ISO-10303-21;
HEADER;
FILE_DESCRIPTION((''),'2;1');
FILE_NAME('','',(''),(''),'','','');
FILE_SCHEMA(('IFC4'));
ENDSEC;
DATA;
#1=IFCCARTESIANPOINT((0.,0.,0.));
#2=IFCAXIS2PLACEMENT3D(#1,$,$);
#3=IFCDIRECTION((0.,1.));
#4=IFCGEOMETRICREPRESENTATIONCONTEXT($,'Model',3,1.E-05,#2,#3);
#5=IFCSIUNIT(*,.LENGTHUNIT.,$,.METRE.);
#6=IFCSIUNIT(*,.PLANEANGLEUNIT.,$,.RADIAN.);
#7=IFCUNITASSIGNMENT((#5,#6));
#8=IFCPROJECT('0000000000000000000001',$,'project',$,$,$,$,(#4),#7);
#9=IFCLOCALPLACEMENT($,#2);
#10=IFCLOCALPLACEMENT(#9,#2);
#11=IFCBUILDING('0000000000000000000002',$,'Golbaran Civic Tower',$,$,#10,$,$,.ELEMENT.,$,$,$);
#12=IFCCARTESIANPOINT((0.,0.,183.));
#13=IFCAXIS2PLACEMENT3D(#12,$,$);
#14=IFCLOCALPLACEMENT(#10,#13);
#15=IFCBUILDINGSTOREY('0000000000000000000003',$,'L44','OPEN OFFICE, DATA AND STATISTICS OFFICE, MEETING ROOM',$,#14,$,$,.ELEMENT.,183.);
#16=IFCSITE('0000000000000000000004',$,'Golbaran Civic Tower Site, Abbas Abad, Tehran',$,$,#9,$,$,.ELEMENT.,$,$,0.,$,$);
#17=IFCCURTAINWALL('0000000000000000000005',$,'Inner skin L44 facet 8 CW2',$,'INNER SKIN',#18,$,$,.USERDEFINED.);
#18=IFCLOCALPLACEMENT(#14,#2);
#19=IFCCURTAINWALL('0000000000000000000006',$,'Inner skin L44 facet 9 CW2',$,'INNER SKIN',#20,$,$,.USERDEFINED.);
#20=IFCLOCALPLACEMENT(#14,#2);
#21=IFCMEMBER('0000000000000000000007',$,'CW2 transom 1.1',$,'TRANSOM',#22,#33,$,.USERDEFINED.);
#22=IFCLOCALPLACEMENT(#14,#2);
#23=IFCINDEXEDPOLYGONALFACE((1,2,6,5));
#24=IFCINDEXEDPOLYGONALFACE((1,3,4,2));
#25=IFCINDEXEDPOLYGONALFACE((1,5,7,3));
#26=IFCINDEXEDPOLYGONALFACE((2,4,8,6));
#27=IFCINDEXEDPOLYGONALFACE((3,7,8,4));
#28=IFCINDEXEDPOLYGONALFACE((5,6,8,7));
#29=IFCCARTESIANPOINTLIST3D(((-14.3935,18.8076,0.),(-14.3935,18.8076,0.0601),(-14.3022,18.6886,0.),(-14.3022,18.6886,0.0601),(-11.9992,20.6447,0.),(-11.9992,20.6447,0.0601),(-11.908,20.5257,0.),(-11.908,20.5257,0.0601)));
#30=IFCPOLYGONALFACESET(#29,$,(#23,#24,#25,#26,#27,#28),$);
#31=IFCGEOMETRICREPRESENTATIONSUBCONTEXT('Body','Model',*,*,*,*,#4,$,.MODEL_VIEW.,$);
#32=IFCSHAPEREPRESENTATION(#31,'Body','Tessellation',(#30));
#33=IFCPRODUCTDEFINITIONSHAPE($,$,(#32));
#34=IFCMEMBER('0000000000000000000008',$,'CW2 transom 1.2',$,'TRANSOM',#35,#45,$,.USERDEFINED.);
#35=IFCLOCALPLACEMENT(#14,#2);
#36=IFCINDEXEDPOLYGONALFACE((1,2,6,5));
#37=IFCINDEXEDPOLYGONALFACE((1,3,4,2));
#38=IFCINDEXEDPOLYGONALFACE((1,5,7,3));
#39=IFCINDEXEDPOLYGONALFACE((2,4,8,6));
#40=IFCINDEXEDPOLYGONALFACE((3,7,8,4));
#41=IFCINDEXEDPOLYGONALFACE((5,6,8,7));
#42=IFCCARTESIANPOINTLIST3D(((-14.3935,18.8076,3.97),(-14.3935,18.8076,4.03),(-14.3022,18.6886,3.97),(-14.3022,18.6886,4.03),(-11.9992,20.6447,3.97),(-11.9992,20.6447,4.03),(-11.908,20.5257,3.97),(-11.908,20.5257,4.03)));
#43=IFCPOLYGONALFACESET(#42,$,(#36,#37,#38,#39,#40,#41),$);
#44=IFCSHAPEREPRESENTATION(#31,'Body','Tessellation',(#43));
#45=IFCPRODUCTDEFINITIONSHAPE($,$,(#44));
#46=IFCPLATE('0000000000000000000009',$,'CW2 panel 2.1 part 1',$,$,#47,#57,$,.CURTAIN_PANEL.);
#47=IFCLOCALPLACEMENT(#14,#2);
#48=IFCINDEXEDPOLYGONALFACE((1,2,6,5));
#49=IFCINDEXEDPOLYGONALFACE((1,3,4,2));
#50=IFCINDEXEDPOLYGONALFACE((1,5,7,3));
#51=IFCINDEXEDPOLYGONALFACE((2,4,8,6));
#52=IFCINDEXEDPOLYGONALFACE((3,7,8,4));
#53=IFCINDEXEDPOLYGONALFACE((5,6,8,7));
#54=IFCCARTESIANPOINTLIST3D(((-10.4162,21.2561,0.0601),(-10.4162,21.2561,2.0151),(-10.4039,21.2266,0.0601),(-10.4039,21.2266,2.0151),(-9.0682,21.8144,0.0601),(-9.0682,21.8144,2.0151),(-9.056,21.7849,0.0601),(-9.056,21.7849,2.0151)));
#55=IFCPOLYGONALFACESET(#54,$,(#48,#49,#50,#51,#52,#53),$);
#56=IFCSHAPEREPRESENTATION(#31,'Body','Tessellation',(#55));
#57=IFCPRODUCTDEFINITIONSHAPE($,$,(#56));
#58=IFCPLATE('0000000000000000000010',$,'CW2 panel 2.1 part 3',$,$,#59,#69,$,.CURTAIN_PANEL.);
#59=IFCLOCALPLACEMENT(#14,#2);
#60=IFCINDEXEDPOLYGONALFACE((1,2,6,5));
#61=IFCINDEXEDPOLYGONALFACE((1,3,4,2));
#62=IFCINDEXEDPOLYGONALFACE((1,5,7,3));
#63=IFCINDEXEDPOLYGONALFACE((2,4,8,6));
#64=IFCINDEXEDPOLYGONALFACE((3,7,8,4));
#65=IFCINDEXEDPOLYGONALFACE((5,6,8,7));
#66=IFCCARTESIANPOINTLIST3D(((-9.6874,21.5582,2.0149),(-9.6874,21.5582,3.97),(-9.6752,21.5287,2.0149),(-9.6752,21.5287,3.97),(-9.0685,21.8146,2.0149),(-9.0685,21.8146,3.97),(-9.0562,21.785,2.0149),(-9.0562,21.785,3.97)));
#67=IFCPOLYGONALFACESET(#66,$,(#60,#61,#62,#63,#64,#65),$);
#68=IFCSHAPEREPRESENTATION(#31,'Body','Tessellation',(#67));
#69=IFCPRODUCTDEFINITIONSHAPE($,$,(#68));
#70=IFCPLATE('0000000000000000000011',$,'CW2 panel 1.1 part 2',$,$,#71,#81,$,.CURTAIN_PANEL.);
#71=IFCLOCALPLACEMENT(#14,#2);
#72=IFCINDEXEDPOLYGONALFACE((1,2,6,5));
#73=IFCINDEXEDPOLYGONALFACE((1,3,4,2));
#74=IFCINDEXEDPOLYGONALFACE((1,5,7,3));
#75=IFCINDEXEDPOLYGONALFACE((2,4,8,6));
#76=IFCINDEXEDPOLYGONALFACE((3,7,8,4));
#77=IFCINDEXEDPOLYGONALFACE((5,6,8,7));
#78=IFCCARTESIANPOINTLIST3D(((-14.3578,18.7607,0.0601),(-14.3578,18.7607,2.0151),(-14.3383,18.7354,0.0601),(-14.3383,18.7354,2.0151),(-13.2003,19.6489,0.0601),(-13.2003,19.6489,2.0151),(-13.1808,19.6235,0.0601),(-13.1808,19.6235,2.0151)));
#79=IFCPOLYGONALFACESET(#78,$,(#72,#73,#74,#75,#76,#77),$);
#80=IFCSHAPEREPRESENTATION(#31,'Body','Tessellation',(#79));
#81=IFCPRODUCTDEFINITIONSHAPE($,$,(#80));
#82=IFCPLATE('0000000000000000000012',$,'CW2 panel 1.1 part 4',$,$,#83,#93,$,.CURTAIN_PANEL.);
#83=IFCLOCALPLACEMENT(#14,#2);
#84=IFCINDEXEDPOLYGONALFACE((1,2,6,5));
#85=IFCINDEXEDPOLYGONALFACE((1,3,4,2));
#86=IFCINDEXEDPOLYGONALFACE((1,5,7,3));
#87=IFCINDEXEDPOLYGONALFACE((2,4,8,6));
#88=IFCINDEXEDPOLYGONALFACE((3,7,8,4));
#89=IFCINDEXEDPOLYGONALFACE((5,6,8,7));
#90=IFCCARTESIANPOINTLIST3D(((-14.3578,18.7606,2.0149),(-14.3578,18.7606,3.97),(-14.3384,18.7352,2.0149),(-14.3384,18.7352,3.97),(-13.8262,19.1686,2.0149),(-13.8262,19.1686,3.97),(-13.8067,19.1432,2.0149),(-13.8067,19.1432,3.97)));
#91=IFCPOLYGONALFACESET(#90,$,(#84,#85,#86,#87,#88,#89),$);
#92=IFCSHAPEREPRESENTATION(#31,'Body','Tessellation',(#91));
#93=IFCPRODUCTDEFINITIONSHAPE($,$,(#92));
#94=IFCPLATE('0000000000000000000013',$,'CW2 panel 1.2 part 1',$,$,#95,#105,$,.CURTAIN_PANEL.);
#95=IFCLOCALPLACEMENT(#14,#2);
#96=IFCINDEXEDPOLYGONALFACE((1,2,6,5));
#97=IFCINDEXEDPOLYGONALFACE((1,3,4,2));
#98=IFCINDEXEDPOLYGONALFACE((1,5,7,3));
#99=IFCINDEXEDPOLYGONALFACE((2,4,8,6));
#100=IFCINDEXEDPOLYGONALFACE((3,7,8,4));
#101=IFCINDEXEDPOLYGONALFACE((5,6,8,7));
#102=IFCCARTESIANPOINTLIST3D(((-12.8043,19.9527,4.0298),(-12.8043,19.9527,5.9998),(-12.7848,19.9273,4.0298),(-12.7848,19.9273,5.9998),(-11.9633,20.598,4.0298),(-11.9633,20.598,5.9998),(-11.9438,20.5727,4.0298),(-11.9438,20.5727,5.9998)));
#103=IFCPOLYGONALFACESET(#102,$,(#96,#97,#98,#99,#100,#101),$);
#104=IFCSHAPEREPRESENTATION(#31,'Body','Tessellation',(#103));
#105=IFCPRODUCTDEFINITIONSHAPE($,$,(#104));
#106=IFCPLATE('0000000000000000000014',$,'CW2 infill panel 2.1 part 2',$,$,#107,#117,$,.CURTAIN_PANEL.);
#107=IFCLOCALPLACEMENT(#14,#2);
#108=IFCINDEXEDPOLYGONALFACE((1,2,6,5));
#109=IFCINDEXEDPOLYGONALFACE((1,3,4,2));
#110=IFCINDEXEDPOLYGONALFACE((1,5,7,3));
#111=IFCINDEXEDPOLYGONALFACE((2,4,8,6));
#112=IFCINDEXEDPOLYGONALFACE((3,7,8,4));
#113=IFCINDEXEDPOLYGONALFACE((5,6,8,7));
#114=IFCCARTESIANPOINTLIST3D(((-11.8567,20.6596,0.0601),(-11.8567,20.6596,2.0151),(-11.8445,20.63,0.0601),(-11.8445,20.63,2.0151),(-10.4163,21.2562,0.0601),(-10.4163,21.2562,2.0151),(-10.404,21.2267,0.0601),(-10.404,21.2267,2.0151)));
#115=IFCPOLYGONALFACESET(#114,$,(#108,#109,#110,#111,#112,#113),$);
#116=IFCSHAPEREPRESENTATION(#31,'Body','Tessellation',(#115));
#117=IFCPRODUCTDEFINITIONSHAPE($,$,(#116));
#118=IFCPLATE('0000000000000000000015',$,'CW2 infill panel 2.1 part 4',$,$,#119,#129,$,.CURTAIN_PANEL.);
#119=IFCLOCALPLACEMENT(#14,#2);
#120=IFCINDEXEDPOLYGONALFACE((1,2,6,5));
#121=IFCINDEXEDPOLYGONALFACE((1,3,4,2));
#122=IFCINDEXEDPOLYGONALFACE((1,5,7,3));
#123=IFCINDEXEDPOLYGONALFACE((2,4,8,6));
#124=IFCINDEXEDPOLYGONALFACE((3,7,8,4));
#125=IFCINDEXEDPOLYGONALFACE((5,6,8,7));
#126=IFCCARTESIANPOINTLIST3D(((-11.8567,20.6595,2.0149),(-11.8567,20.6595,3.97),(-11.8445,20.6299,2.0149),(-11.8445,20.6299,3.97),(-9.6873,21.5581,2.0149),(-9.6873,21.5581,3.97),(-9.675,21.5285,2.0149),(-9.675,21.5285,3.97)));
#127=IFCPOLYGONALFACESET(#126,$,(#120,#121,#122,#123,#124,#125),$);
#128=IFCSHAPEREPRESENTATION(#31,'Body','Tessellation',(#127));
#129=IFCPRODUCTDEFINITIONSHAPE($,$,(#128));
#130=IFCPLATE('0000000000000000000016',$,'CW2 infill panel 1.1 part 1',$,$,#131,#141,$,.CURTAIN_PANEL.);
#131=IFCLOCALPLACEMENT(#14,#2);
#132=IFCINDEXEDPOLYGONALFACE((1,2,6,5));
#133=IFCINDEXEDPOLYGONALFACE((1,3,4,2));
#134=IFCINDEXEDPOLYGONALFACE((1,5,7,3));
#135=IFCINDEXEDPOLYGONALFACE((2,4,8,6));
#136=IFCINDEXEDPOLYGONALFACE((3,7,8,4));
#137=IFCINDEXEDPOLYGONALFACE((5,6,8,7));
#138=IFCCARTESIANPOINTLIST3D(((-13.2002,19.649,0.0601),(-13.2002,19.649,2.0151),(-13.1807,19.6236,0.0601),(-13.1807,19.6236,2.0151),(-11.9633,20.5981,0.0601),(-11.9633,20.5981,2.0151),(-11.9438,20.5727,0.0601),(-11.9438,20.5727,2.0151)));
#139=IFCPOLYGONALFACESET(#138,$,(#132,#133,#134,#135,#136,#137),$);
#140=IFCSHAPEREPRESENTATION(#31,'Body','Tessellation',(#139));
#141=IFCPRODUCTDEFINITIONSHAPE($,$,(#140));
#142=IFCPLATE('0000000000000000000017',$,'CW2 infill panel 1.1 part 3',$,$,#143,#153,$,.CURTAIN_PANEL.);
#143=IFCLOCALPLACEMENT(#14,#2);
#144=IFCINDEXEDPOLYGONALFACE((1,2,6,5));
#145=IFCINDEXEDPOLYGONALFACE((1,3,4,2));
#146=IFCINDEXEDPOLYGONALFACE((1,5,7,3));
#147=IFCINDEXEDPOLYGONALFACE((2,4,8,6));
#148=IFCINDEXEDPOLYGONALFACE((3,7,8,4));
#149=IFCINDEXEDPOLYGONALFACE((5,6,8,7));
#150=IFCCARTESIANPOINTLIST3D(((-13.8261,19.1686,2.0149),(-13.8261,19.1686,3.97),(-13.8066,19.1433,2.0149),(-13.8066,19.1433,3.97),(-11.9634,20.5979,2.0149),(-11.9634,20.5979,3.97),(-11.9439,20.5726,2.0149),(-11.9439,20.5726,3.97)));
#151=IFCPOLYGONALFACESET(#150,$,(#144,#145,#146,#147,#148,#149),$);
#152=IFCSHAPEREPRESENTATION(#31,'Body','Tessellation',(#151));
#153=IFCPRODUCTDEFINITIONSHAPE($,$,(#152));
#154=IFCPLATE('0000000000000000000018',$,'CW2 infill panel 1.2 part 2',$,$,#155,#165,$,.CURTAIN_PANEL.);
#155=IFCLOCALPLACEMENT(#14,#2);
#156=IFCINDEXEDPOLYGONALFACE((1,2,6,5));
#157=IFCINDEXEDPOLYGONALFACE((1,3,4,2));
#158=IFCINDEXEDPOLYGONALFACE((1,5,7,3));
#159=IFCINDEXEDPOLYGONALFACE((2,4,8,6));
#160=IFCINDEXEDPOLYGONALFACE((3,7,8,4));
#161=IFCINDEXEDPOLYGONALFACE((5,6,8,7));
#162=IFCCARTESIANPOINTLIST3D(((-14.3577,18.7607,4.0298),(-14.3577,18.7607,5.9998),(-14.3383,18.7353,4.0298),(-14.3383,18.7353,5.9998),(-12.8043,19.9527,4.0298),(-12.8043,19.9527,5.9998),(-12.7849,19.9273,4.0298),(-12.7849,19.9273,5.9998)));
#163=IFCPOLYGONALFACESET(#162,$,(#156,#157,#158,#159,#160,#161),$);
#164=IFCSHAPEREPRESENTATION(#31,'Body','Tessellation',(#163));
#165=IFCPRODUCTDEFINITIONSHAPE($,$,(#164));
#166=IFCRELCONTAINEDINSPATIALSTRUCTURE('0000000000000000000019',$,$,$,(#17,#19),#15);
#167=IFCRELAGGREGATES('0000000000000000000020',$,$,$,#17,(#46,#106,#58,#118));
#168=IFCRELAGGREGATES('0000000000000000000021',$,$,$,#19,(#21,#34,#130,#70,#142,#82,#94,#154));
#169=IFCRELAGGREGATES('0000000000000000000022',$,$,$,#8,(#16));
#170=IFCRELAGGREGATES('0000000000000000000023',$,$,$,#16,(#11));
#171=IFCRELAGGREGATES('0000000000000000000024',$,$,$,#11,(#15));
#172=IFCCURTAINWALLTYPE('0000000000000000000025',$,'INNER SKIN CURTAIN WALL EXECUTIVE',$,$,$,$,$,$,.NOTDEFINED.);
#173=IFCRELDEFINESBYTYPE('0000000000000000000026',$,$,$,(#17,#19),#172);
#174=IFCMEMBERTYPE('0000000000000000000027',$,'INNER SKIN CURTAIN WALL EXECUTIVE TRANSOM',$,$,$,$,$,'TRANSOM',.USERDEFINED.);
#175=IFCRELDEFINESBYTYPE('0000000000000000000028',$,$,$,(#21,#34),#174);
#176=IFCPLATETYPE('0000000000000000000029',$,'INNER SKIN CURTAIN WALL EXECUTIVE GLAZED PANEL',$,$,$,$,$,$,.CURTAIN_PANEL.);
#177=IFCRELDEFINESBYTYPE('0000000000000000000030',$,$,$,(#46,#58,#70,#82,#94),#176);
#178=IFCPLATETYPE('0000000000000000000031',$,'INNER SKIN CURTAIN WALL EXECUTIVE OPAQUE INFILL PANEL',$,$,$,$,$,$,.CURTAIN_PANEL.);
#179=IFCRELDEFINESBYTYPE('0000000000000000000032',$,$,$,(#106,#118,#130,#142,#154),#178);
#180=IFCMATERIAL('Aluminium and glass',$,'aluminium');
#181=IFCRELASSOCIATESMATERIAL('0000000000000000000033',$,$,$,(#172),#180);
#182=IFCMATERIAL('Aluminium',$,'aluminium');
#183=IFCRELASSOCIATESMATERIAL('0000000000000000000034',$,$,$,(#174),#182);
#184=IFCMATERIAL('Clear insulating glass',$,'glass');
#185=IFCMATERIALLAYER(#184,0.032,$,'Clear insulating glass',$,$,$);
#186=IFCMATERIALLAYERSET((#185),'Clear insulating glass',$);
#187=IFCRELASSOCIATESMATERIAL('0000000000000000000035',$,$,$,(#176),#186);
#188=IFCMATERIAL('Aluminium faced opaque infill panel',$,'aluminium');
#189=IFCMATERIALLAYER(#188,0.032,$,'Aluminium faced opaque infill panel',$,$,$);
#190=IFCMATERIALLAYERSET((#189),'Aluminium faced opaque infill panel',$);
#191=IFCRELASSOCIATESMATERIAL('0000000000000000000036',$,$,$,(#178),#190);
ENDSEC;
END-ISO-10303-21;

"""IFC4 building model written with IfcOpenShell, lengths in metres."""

from ifc_helpers import new_model, si_unit, direction, frame, origin, origin_2d, place, context, subcontext, project, spatial, rectangle, extrude, material, layer, layer_set, material_profile, profile_set, type_object, element, aggregate, save


model = new_model("IFC4")

# Units and contexts
model_context = context("Model", 3, precision=1e-05, world=origin(), true_north=direction((0.0, 1.0)))
body_context = subcontext(model_context, "Body", "Model", "MODEL_VIEW")
ifc_project = project(units=[si_unit("LENGTHUNIT", "METRE"), si_unit("PLANEANGLEUNIT", "RADIAN")], contexts=[model_context])

# Site, building, storey
site_placement = place(None, origin())
site = spatial("IfcSite", under=ifc_project, at=site_placement, Name="Golbaran Civic Tower Site, Abbas Abad, Tehran", CompositionType="ELEMENT", RefElevation=0.0)
building_placement = place(site_placement, origin())
building = spatial("IfcBuilding", under=site, at=building_placement, Name="Golbaran Civic Tower", CompositionType="ELEMENT")
storey_placement = place(building_placement, frame((0.0, 0.0, 183.0)))
storey = spatial("IfcBuildingStorey", under=building, at=storey_placement, Name="L44", Description="OPEN OFFICE, DATA AND STATISTICS OFFICE, MEETING ROOM", CompositionType="ELEMENT", Elevation=183.0)

# Curtain walls
ifc_material_1 = material(Name="Aluminium and glass", Category="aluminium")
curtain_wall_type = type_object("IfcCurtainWallType", Name="INNER SKIN CURTAIN WALL EXECUTIVE", PredefinedType="NOTDEFINED", material=ifc_material_1)
curtain_wall_1_placement = place(storey_placement, origin())
curtain_wall_1 = element("IfcCurtainWall", 1, at=curtain_wall_1_placement, inside=storey, type_object=curtain_wall_type, Name="Inner skin L44 facet 8 CW2", ObjectType="INNER SKIN", PredefinedType="USERDEFINED")
ifc_material_2 = material(Name="Aluminium", Category="aluminium")
curtain_wall_2_placement = place(storey_placement, origin())
curtain_wall_2 = element("IfcCurtainWall", 2, at=curtain_wall_2_placement, inside=storey, type_object=curtain_wall_type, Name="Inner skin L44 facet 9 CW2", ObjectType="INNER SKIN", PredefinedType="USERDEFINED")

# Members
ifc_material_profile_1 = material_profile(ifc_material_2, rectangle(XDim=0.1499, YDim=0.0601, at=origin_2d()), Name="INNER SKIN CURTAIN WALL EXECUTIVE TRANSOM")
ifc_profile_set_1 = profile_set([ifc_material_profile_1], Name="Aluminium")
member_type_1 = type_object("IfcMemberType", Name="INNER SKIN CURTAIN WALL EXECUTIVE TRANSOM", ElementType="TRANSOM", PredefinedType="USERDEFINED", material=ifc_profile_set_1)
member_1_placement = place(storey_placement, frame((-11.9536, 20.5852, 0.03), z_axis=(-0.79336, -0.608752, 0.0), x_axis=(0.608752, -0.79336, 0.0)))
member_1 = element("IfcMember", 3, at=member_1_placement, type_object=member_type_1, Name="CW2 transom 1.1", ObjectType="TRANSOM", PredefinedType="USERDEFINED", context=body_context, shape_type="SweptSolid", body=[
    extrude(rectangle(XDim=0.1499, YDim=0.0601, at=origin_2d()), origin(), (0.0, 0.0, 1.0), 3.0178),
])
member_2_placement = place(storey_placement, frame((-11.9536, 20.5852, 4.0), z_axis=(-0.79336, -0.608752, 0.0), x_axis=(0.608752, -0.79336, 0.0)))
member_2 = element("IfcMember", 4, at=member_2_placement, type_object=member_type_1, Name="CW2 transom 1.2", ObjectType="TRANSOM", PredefinedType="USERDEFINED", context=body_context, shape_type="SweptSolid", body=[
    extrude(rectangle(XDim=0.1499, YDim=0.0601, at=origin_2d()), origin(), (0.0, 0.0, 1.0), 3.0178),
])

# Plates
ifc_material_3 = material(Name="Clear insulating glass", Category="glass")
ifc_layer_1 = layer(ifc_material_3, 0.032, Name="Clear insulating glass")
ifc_layer_set_1 = layer_set([ifc_layer_1], Name="Clear insulating glass")
plate_type_1 = type_object("IfcPlateType", Name="INNER SKIN CURTAIN WALL EXECUTIVE GLAZED PANEL", PredefinedType="CURTAIN_PANEL", material=ifc_layer_set_1)
plate_1_placement = place(storey_placement, frame((-9.7361, 21.5205, 0.0601), z_axis=(0.0, 0.0, 1.0), x_axis=(-0.92388, -0.382683, 0.0)))
plate_1 = element("IfcPlate", 5, at=plate_1_placement, type_object=plate_type_1, Name="CW2 panel 2.1 part 1", PredefinedType="CURTAIN_PANEL", context=body_context, shape_type="SweptSolid", body=[
    extrude(rectangle(XDim=1.459, YDim=0.032, at=origin_2d()), origin(), (0.0, 0.0, 1.0), 1.9551),
])
plate_2_placement = place(storey_placement, frame((-9.3718, 21.6716, 2.0149), z_axis=(0.0, 0.0, 1.0), x_axis=(-0.92388, -0.382683, 0.0)))
plate_2 = element("IfcPlate", 6, at=plate_2_placement, type_object=plate_type_1, Name="CW2 panel 2.1 part 3", PredefinedType="CURTAIN_PANEL", context=body_context, shape_type="SweptSolid", body=[
    extrude(rectangle(XDim=0.6699, YDim=0.032, at=origin_2d()), origin(), (0.0, 0.0, 1.0), 1.9551),
])
plate_3_placement = place(storey_placement, frame((-13.7693, 19.1921, 0.0601), z_axis=(0.0, 0.0, 1.0), x_axis=(-0.793353, -0.608761, 0.0)))
plate_3 = element("IfcPlate", 7, at=plate_3_placement, type_object=plate_type_1, Name="CW2 panel 1.1 part 2", PredefinedType="CURTAIN_PANEL", context=body_context, shape_type="SweptSolid", body=[
    extrude(rectangle(XDim=1.459, YDim=0.032, at=origin_2d()), origin(), (0.0, 0.0, 1.0), 1.9551),
])
plate_4_placement = place(storey_placement, frame((-14.0823, 18.9519, 2.0149), z_axis=(0.0, 0.0, 1.0), x_axis=(-0.793353, -0.608761, 0.0)))
plate_4 = element("IfcPlate", 8, at=plate_4_placement, type_object=plate_type_1, Name="CW2 panel 1.1 part 4", PredefinedType="CURTAIN_PANEL", context=body_context, shape_type="SweptSolid", body=[
    extrude(rectangle(XDim=0.6702, YDim=0.032, at=origin_2d()), origin(), (0.0, 0.0, 1.0), 1.9551),
])
plate_5_placement = place(storey_placement, frame((-12.374, 20.2627, 4.0298), z_axis=(0.0, 0.0, 1.0), x_axis=(-0.793353, -0.608761, 0.0)))
plate_5 = element("IfcPlate", 9, at=plate_5_placement, type_object=plate_type_1, Name="CW2 panel 1.2 part 1", PredefinedType="CURTAIN_PANEL", context=body_context, shape_type="SweptSolid", body=[
    extrude(rectangle(XDim=1.0601, YDim=0.032, at=origin_2d()), origin(), (0.0, 0.0, 1.0), 1.97),
])
ifc_material_4 = material(Name="Aluminium faced opaque infill panel", Category="aluminium")
ifc_layer_2 = layer(ifc_material_4, 0.032, Name="Aluminium faced opaque infill panel")
ifc_layer_set_2 = layer_set([ifc_layer_2], Name="Aluminium faced opaque infill panel")
plate_type_2 = type_object("IfcPlateType", Name="INNER SKIN CURTAIN WALL EXECUTIVE OPAQUE INFILL PANEL", PredefinedType="CURTAIN_PANEL", material=ifc_layer_set_2)
plate_6_placement = place(storey_placement, frame((-11.1304, 20.9431, 0.0601), z_axis=(0.0, 0.0, 1.0), x_axis=(-0.92388, -0.382683, 0.0)))
plate_6 = element("IfcPlate", 10, at=plate_6_placement, type_object=plate_type_2, Name="CW2 infill panel 2.1 part 2", PredefinedType="CURTAIN_PANEL", context=body_context, shape_type="SweptSolid", body=[
    extrude(rectangle(XDim=1.5591, YDim=0.032, at=origin_2d()), origin(), (0.0, 0.0, 1.0), 1.9551),
])
plate_7_placement = place(storey_placement, frame((-10.7659, 21.094, 2.0149), z_axis=(0.0, 0.0, 1.0), x_axis=(-0.92388, -0.382683, 0.0)))
plate_7 = element("IfcPlate", 11, at=plate_7_placement, type_object=plate_type_2, Name="CW2 infill panel 2.1 part 4", PredefinedType="CURTAIN_PANEL", context=body_context, shape_type="SweptSolid", body=[
    extrude(rectangle(XDim=2.3481, YDim=0.032, at=origin_2d()), origin(), (0.0, 0.0, 1.0), 1.9551),
])
aggregate(curtain_wall_1, [plate_1, plate_6, plate_2, plate_7])
plate_8_placement = place(storey_placement, frame((-12.572, 20.1108, 0.0601), z_axis=(0.0, 0.0, 1.0), x_axis=(-0.793353, -0.608761, 0.0)))
plate_8 = element("IfcPlate", 12, at=plate_8_placement, type_object=plate_type_2, Name="CW2 infill panel 1.1 part 1", PredefinedType="CURTAIN_PANEL", context=body_context, shape_type="SweptSolid", body=[
    extrude(rectangle(XDim=1.5591, YDim=0.032, at=origin_2d()), origin(), (0.0, 0.0, 1.0), 1.9551),
])
plate_9_placement = place(storey_placement, frame((-12.885, 19.8706, 2.0149), z_axis=(0.0, 0.0, 1.0), x_axis=(-0.793353, -0.608761, 0.0)))
plate_9 = element("IfcPlate", 13, at=plate_9_placement, type_object=plate_type_2, Name="CW2 infill panel 1.1 part 3", PredefinedType="CURTAIN_PANEL", context=body_context, shape_type="SweptSolid", body=[
    extrude(rectangle(XDim=2.3479, YDim=0.032, at=origin_2d()), origin(), (0.0, 0.0, 1.0), 1.9551),
])
plate_10_placement = place(storey_placement, frame((-13.5713, 19.344, 4.0298), z_axis=(0.0, 0.0, 1.0), x_axis=(-0.793353, -0.608761, 0.0)))
plate_10 = element("IfcPlate", 14, at=plate_10_placement, type_object=plate_type_2, Name="CW2 infill panel 1.2 part 2", PredefinedType="CURTAIN_PANEL", context=body_context, shape_type="SweptSolid", body=[
    extrude(rectangle(XDim=1.958, YDim=0.032, at=origin_2d()), origin(), (0.0, 0.0, 1.0), 1.97),
])
aggregate(curtain_wall_2, [member_1, member_2, plate_8, plate_3, plate_9, plate_4, plate_5, plate_10])

save(model, "model.ifc")
